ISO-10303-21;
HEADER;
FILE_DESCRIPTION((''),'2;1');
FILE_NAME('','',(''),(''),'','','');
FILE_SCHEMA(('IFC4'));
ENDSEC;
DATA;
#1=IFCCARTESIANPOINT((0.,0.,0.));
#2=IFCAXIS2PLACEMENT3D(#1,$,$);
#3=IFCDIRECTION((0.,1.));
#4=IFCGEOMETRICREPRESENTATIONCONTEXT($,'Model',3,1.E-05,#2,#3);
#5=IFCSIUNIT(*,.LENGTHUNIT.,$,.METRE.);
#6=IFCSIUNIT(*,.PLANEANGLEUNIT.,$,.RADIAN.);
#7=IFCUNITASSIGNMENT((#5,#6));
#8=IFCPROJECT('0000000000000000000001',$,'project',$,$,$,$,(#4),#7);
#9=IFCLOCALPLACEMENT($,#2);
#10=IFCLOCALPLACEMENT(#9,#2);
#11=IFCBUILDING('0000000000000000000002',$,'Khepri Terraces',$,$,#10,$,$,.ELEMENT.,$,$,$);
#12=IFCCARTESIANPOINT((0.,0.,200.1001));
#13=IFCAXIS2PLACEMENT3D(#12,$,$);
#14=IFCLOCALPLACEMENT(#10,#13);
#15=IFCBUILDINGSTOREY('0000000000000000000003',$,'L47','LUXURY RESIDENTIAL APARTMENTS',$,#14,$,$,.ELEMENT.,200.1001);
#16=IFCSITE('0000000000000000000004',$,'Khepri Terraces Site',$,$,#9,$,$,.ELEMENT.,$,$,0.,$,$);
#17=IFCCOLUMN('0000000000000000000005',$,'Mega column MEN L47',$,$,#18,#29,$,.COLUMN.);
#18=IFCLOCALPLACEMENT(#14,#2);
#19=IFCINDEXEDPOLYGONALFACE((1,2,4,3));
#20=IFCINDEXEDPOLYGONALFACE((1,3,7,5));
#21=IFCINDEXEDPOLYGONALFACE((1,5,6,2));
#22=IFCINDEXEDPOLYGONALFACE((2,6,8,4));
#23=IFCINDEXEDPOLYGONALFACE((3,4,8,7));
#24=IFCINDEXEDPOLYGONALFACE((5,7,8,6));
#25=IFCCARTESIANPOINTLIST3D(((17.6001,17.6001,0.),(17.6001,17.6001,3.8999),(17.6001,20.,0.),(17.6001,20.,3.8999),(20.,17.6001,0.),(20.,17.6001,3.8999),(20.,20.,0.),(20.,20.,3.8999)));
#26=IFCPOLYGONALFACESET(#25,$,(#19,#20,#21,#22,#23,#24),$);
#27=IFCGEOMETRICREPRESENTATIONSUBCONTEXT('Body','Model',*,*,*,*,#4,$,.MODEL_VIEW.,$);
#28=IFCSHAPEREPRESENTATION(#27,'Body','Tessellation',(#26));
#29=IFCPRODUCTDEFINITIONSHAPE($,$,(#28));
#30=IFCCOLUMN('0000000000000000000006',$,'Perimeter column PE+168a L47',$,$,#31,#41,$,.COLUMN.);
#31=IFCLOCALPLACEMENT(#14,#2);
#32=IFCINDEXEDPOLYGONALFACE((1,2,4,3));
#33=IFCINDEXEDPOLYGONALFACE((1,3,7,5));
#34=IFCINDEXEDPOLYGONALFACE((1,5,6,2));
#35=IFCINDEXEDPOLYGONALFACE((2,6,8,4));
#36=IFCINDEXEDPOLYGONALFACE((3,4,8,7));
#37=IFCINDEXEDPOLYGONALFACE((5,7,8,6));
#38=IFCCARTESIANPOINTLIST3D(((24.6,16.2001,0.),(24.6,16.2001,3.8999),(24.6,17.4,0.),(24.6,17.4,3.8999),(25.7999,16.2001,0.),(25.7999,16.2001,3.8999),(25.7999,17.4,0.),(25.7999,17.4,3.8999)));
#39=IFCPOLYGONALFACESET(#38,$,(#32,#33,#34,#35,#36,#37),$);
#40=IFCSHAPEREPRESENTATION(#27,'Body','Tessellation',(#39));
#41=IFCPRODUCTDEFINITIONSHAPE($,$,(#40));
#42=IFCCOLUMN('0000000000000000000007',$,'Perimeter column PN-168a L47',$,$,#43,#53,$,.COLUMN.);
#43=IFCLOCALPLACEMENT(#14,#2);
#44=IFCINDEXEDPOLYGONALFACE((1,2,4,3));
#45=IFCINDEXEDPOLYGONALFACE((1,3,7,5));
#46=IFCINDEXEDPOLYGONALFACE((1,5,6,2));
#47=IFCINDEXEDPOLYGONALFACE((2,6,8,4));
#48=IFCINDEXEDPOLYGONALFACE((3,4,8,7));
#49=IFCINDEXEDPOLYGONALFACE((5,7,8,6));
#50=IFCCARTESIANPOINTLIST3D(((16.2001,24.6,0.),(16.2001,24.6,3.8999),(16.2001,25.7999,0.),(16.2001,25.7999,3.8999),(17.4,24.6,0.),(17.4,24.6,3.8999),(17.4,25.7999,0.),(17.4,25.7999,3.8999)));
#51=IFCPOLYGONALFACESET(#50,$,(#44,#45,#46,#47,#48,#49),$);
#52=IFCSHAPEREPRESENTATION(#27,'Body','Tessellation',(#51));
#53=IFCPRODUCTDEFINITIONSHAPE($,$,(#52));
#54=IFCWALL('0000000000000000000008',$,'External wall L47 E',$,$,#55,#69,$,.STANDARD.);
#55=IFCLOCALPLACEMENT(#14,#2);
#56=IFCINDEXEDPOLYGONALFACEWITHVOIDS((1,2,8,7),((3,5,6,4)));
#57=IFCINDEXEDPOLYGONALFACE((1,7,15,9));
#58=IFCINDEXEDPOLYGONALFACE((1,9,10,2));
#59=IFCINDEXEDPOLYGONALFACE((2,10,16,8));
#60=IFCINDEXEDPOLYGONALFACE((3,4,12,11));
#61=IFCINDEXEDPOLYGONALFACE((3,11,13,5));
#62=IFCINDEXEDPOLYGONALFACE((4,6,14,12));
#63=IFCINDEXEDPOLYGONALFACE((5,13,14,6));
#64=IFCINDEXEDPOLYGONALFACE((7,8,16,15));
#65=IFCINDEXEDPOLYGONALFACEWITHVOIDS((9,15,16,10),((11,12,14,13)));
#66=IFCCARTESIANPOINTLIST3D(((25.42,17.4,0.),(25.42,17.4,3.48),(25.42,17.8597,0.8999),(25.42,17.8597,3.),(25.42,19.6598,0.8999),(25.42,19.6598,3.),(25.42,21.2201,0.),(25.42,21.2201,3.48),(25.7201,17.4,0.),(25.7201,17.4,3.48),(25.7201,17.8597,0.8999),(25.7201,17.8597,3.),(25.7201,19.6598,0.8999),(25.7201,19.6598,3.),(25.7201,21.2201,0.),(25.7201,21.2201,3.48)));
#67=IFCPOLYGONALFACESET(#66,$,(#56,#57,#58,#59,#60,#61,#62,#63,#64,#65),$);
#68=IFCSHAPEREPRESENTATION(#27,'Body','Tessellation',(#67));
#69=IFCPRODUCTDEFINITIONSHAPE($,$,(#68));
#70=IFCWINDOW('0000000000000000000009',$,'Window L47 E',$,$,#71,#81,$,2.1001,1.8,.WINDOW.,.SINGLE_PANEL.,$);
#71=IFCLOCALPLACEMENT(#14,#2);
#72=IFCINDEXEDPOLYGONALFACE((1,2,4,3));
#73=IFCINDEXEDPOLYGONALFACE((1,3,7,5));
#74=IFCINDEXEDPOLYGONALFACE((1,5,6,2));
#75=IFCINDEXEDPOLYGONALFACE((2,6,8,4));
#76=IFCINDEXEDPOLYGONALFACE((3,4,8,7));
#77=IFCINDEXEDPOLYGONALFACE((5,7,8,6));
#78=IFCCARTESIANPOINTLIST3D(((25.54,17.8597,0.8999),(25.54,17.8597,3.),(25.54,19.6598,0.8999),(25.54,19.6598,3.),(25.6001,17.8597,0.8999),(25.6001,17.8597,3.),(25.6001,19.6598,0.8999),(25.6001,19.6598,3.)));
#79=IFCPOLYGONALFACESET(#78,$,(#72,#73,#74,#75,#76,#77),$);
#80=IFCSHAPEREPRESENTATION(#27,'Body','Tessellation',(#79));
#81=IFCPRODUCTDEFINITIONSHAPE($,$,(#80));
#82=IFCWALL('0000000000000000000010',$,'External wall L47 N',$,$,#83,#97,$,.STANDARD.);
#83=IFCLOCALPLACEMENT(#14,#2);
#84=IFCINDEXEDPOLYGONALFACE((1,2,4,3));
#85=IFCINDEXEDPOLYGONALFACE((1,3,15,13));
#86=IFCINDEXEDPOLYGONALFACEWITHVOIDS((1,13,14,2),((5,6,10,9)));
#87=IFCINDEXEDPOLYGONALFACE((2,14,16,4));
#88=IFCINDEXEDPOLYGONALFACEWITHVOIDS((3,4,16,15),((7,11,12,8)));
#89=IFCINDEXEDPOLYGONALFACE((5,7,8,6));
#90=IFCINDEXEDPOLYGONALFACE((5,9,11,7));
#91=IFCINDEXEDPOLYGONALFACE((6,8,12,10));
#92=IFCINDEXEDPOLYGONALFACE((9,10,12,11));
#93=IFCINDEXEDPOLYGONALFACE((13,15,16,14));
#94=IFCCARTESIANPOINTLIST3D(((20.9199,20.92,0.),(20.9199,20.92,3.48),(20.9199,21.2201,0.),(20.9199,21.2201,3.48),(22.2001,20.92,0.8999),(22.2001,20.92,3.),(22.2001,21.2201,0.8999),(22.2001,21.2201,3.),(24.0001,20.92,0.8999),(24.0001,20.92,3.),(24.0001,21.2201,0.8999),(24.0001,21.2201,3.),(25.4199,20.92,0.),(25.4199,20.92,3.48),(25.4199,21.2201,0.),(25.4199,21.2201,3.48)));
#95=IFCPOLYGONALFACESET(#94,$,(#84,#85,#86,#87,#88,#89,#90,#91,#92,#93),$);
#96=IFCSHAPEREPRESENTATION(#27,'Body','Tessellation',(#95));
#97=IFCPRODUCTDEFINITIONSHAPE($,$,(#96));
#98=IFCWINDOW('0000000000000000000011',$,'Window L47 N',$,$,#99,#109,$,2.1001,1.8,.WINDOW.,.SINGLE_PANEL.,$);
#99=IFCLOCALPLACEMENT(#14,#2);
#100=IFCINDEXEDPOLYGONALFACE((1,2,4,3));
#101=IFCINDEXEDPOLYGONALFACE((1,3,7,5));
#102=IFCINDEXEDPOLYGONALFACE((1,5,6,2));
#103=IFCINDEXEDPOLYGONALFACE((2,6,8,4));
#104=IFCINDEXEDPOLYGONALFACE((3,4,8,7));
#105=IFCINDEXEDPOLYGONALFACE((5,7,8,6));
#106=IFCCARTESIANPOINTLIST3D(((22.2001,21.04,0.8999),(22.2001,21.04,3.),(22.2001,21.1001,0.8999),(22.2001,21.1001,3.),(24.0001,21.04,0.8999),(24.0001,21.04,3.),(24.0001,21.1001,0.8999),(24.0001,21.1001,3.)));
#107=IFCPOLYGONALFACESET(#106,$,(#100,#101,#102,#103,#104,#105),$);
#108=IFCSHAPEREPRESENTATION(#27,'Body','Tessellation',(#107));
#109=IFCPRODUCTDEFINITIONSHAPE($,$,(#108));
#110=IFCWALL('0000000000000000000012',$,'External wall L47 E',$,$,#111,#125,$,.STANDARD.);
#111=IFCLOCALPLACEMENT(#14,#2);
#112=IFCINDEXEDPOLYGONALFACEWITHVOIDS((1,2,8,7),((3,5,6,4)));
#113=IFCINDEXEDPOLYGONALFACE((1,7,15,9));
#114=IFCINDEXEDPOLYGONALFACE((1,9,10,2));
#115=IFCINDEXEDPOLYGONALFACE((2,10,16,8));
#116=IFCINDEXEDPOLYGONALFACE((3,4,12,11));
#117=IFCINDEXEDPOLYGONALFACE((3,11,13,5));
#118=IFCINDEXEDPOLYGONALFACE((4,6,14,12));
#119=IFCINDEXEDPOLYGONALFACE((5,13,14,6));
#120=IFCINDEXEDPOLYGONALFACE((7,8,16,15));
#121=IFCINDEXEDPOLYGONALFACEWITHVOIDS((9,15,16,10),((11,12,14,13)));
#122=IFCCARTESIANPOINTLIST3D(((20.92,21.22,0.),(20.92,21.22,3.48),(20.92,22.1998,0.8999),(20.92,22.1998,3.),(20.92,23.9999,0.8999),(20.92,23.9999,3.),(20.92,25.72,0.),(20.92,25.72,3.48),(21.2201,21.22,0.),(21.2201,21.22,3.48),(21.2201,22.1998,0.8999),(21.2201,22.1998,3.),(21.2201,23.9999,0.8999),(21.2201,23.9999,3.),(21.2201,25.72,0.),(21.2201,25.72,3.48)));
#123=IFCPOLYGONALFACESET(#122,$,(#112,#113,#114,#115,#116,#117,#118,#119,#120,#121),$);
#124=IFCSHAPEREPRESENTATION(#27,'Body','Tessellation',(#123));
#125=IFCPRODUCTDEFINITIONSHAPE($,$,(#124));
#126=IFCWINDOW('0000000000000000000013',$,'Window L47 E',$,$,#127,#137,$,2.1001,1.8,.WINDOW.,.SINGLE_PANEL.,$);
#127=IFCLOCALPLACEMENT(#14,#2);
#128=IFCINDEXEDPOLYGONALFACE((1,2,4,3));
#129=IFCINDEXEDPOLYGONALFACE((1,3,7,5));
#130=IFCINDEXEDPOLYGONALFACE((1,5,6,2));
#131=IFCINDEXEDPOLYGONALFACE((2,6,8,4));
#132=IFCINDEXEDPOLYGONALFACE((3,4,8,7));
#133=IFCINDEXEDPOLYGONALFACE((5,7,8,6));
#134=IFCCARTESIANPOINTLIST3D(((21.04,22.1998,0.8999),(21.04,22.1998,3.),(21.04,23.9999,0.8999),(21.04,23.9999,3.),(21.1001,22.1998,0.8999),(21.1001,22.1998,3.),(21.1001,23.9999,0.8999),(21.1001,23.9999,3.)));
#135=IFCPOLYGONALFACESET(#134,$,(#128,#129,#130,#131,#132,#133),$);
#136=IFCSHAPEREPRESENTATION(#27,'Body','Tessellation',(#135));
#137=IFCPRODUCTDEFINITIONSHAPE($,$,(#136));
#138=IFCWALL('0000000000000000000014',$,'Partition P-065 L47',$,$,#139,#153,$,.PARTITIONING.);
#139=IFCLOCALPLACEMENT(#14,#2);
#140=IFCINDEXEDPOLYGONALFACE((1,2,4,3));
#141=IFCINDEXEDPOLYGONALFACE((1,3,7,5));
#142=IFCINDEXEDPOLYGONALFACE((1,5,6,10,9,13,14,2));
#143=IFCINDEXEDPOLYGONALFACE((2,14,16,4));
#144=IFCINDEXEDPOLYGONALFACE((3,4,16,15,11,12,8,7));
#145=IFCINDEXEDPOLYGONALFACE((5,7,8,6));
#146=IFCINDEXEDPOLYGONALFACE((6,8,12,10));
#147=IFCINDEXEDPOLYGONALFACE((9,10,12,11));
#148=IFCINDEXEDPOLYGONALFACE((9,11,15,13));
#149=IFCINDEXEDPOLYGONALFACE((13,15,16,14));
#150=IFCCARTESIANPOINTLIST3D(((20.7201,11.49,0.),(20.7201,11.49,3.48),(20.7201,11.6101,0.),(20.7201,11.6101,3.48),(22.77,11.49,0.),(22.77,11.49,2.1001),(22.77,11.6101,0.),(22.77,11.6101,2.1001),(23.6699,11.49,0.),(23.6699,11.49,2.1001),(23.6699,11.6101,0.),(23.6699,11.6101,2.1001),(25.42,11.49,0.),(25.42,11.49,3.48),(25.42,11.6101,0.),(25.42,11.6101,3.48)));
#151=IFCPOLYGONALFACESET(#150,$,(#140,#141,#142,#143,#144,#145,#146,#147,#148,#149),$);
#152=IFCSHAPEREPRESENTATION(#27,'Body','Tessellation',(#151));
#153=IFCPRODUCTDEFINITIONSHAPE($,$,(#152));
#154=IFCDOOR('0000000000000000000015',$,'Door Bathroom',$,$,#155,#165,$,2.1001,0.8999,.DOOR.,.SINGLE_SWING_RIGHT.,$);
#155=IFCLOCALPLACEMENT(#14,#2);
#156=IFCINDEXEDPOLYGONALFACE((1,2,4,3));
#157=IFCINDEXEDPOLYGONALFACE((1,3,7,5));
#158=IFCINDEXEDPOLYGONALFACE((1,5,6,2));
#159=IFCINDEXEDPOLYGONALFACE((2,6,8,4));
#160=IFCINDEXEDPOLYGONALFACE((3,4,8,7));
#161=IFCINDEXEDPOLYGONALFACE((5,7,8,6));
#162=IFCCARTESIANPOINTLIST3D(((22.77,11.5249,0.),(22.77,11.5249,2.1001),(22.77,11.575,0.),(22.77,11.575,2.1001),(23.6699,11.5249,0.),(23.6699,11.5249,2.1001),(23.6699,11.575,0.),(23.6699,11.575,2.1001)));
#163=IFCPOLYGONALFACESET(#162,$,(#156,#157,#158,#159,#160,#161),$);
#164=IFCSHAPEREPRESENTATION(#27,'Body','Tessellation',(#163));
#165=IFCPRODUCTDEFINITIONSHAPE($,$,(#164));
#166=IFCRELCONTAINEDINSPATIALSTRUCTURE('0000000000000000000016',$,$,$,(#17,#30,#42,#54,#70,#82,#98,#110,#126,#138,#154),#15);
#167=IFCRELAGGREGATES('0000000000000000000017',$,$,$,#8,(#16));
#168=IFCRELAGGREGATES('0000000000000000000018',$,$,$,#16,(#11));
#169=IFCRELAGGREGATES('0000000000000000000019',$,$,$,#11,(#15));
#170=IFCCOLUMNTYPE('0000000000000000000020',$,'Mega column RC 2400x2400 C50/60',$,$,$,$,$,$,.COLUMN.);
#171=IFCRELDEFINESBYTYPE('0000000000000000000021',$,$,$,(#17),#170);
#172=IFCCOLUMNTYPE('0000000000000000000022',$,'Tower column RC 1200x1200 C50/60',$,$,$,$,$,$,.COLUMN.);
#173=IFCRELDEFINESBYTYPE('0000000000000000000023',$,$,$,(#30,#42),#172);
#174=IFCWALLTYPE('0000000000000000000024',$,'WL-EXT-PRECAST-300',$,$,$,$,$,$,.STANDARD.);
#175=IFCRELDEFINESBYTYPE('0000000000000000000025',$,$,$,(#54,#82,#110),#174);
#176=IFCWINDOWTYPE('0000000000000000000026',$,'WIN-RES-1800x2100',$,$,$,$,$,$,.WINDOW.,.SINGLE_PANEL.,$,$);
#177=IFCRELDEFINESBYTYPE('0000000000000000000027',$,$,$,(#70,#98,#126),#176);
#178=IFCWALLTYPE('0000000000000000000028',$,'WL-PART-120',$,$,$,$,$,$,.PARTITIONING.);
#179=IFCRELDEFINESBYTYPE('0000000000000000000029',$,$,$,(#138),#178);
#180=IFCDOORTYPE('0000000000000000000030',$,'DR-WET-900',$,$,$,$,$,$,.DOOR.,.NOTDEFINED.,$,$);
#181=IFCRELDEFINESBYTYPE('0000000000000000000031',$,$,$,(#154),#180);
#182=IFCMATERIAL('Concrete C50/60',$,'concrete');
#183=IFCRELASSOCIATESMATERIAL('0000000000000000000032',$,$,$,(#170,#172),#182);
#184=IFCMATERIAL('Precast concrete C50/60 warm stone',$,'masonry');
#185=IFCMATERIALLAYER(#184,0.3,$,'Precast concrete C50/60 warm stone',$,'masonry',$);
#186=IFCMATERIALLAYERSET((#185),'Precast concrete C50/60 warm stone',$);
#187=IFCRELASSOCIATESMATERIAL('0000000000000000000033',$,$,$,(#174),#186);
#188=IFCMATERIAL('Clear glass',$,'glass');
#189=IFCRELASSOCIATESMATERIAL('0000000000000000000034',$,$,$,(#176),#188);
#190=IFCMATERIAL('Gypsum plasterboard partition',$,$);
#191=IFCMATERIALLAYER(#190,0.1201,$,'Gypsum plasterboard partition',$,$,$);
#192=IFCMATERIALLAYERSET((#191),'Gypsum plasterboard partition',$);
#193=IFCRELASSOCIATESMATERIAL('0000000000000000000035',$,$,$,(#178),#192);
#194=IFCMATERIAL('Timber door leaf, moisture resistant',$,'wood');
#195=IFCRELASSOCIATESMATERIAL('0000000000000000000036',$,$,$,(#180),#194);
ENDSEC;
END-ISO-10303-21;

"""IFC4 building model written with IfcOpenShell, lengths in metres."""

from ifc_helpers import new_model, si_unit, direction, frame, frame_2d, origin, origin_2d, place, context, subcontext, project, spatial, rectangle, extrude, material, layer, layer_set, material_profile, profile_set, type_object, element, fill, save


model = new_model("IFC4")

# Units and contexts
model_context = context("Model", 3, precision=1e-05, world=origin(), true_north=direction((0.0, 1.0)))
body_context = subcontext(model_context, "Body", "Model", "MODEL_VIEW")
ifc_project = project(units=[si_unit("LENGTHUNIT", "METRE"), si_unit("PLANEANGLEUNIT", "RADIAN")], contexts=[model_context])

# Site, building, storey
site_placement = place(None, origin())
site = spatial("IfcSite", under=ifc_project, at=site_placement, Name="Khepri Terraces Site", CompositionType="ELEMENT", RefElevation=0.0)
building_placement = place(site_placement, origin())
building = spatial("IfcBuilding", under=site, at=building_placement, Name="Khepri Terraces", CompositionType="ELEMENT")
storey_placement = place(building_placement, frame((0.0, 0.0, 200.1001)))
storey = spatial("IfcBuildingStorey", under=building, at=storey_placement, Name="L47", Description="LUXURY RESIDENTIAL APARTMENTS", CompositionType="ELEMENT", Elevation=200.1001)

# Columns
ifc_material_1 = material(Name="Concrete C50/60", Category="concrete")
ifc_material_profile_1 = material_profile(ifc_material_1, rectangle(XDim=2.3999, YDim=2.3999, at=origin_2d()), Name="Concrete C50/60", Category="concrete")
ifc_profile_set_1 = profile_set([ifc_material_profile_1], Name="Concrete C50/60")
column_type_1 = type_object("IfcColumnType", Name="Mega column RC 2400x2400 C50/60", PredefinedType="COLUMN", material=ifc_profile_set_1)
column_placement = place(storey_placement, frame((18.8, 18.8, 0.0), z_axis=(0.0, 0.0, 1.0), x_axis=(1.0, 0.0, 0.0)))
element("IfcColumn", 1, at=column_placement, inside=storey, type_object=column_type_1, Name="Mega column MEN L47", PredefinedType="COLUMN", context=body_context, shape_type="SweptSolid", body=[
    extrude(rectangle(XDim=2.3999, YDim=2.3999, at=origin_2d()), origin(), (0.0, 0.0, 1.0), 3.8999),
])
ifc_material_profile_2 = material_profile(ifc_material_1, rectangle(XDim=1.2, YDim=1.2, at=origin_2d()), Name="Concrete C50/60", Category="concrete")
ifc_profile_set_2 = profile_set([ifc_material_profile_2], Name="Concrete C50/60")
column_type_2 = type_object("IfcColumnType", Name="Tower column RC 1200x1200 C50/60", PredefinedType="COLUMN", material=ifc_profile_set_2)
for number, where, z_axis, x_axis, name in (
    (2, (25.2, 16.8, 0.0), (0.0, 0.0, 1.0), (1.0, 0.0, 0.0), "Perimeter column PE+168a L47"),
    (3, (16.8, 25.2, 0.0), (0.0, 0.0, 1.0), (1.0, 0.0, 0.0), "Perimeter column PN-168a L47"),
):
    element("IfcColumn", number, at=place(storey_placement, frame(where, z_axis=z_axis, x_axis=x_axis)), inside=storey, type_object=column_type_2, Name=name, PredefinedType="COLUMN", context=body_context, shape_type="SweptSolid", body=[
        extrude(rectangle(XDim=1.2, YDim=1.2, at=origin_2d()), origin(), (0.0, 0.0, 1.0), 3.8999),
    ])

# Walls, openings, windows
ifc_material_2 = material(Name="Precast concrete C50/60 warm stone", Category="masonry")
ifc_layer_1 = layer(ifc_material_2, 0.3, Name="Precast concrete C50/60 warm stone", Category="masonry")
ifc_layer_set_1 = layer_set([ifc_layer_1], Name="Precast concrete C50/60 warm stone")
wall_type_1 = type_object("IfcWallType", Name="WL-EXT-PRECAST-300", PredefinedType="STANDARD", material=ifc_layer_set_1)
wall_1_placement = place(storey_placement, frame((25.5701, 17.3999, 0.0), z_axis=(0.0, 0.0, 1.0), x_axis=(0.0, 1.0, 0.0)))
wall_1 = element("IfcWall", 4, at=wall_1_placement, inside=storey, type_object=wall_type_1, Name="External wall L47 E", PredefinedType="STANDARD", context=body_context, shape_type="SweptSolid", body=[
    extrude(rectangle(XDim=3.8201, YDim=0.3, at=frame_2d((1.9102, 0.0))), origin(), (0.0, 0.0, 1.0), 3.48),
])
opening_1_placement = place(wall_1_placement, frame((0.46, 0.0, 0.8999)))
opening_1 = element("IfcOpeningElement", 5, at=opening_1_placement, cuts=wall_1, PredefinedType="OPENING", context=body_context, shape_type="SweptSolid", body=[
    extrude(rectangle(XDim=1.8, YDim=2.1001, at=frame_2d((0.8999, 1.05))), frame((0.0, 0.1602, 0.0), z_axis=(0.0, -1.0, 0.0), x_axis=(1.0, 0.0, 0.0)), (0.0, 0.0, 1.0), 0.3201),
])
ifc_material_3 = material(Name="Clear glass", Category="glass")
window_type = type_object("IfcWindowType", Name="WIN-RES-1800x2100", PartitioningType="SINGLE_PANEL", PredefinedType="WINDOW", material=ifc_material_3)
window_1_placement = place(opening_1_placement, origin())
window_1 = element("IfcWindow", 6, at=window_1_placement, inside=storey, type_object=window_type, Name="Window L47 E", OverallHeight=2.1001, OverallWidth=1.8, PartitioningType="SINGLE_PANEL", PredefinedType="WINDOW", context=body_context, shape_type="SweptSolid", body=[
    extrude(rectangle(XDim=1.8, YDim=2.1001, at=frame_2d((0.8999, 1.05))), frame((0.0, 0.03, 0.0), z_axis=(0.0, -1.0, 0.0), x_axis=(1.0, 0.0, 0.0)), (0.0, 0.0, 1.0), 0.0601),
])
fill(opening_1, window_1)
wall_2_placement = place(storey_placement, frame((25.4199, 21.0701, 0.0), z_axis=(0.0, 0.0, 1.0), x_axis=(-1.0, 0.0, 0.0)))
wall_2 = element("IfcWall", 7, at=wall_2_placement, inside=storey, type_object=wall_type_1, Name="External wall L47 N", PredefinedType="STANDARD", context=body_context, shape_type="SweptSolid", body=[
    extrude(rectangle(XDim=4.5, YDim=0.3, at=frame_2d((2.25, 0.0))), origin(), (0.0, 0.0, 1.0), 3.48),
])
opening_2_placement = place(wall_2_placement, frame((1.4199, 0.0, 0.8999)))
opening_2 = element("IfcOpeningElement", 8, at=opening_2_placement, cuts=wall_2, PredefinedType="OPENING", context=body_context, shape_type="SweptSolid", body=[
    extrude(rectangle(XDim=1.8, YDim=2.1001, at=frame_2d((0.8999, 1.05))), frame((0.0, 0.1602, 0.0), z_axis=(0.0, -1.0, 0.0), x_axis=(1.0, 0.0, 0.0)), (0.0, 0.0, 1.0), 0.3201),
])
window_2_placement = place(opening_2_placement, origin())
window_2 = element("IfcWindow", 9, at=window_2_placement, inside=storey, type_object=window_type, Name="Window L47 N", OverallHeight=2.1001, OverallWidth=1.8, PartitioningType="SINGLE_PANEL", PredefinedType="WINDOW", context=body_context, shape_type="SweptSolid", body=[
    extrude(rectangle(XDim=1.8, YDim=2.1001, at=frame_2d((0.8999, 1.05))), frame((0.0, 0.03, 0.0), z_axis=(0.0, -1.0, 0.0), x_axis=(1.0, 0.0, 0.0)), (0.0, 0.0, 1.0), 0.0601),
])
fill(opening_2, window_2)
wall_3_placement = place(storey_placement, frame((21.0701, 21.22, 0.0), z_axis=(0.0, 0.0, 1.0), x_axis=(0.0, 1.0, 0.0)))
wall_3 = element("IfcWall", 10, at=wall_3_placement, inside=storey, type_object=wall_type_1, Name="External wall L47 E", PredefinedType="STANDARD", context=body_context, shape_type="SweptSolid", body=[
    extrude(rectangle(XDim=4.5, YDim=0.3, at=frame_2d((2.25, 0.0))), origin(), (0.0, 0.0, 1.0), 3.48),
])
opening_3_placement = place(wall_3_placement, frame((0.98, 0.0, 0.8999)))
opening_3 = element("IfcOpeningElement", 11, at=opening_3_placement, cuts=wall_3, PredefinedType="OPENING", context=body_context, shape_type="SweptSolid", body=[
    extrude(rectangle(XDim=1.8, YDim=2.1001, at=frame_2d((0.8999, 1.05))), frame((0.0, 0.1602, 0.0), z_axis=(0.0, -1.0, 0.0), x_axis=(1.0, 0.0, 0.0)), (0.0, 0.0, 1.0), 0.3201),
])
window_3_placement = place(opening_3_placement, origin())
window_3 = element("IfcWindow", 12, at=window_3_placement, inside=storey, type_object=window_type, Name="Window L47 E", OverallHeight=2.1001, OverallWidth=1.8, PartitioningType="SINGLE_PANEL", PredefinedType="WINDOW", context=body_context, shape_type="SweptSolid", body=[
    extrude(rectangle(XDim=1.8, YDim=2.1001, at=frame_2d((0.8999, 1.05))), frame((0.0, 0.03, 0.0), z_axis=(0.0, -1.0, 0.0), x_axis=(1.0, 0.0, 0.0)), (0.0, 0.0, 1.0), 0.0601),
])
fill(opening_3, window_3)

# Wall, opening, door
ifc_material_4 = material(Name="Gypsum plasterboard partition")
ifc_layer_2 = layer(ifc_material_4, 0.1201, Name="Gypsum plasterboard partition")
ifc_layer_set_2 = layer_set([ifc_layer_2], Name="Gypsum plasterboard partition")
wall_type_2 = type_object("IfcWallType", Name="WL-PART-120", PredefinedType="PARTITIONING", material=ifc_layer_set_2)
wall_4_placement = place(storey_placement, frame((20.72, 11.55, 0.0), z_axis=(0.0, 0.0, 1.0), x_axis=(1.0, 0.0, 0.0)))
wall_4 = element("IfcWall", 13, at=wall_4_placement, inside=storey, type_object=wall_type_2, Name="Partition P-065 L47", PredefinedType="PARTITIONING", context=body_context, shape_type="SweptSolid", body=[
    extrude(rectangle(XDim=4.7, YDim=0.1201, at=frame_2d((2.3501, 0.0))), origin(), (0.0, 0.0, 1.0), 3.48),
])
opening_4_placement = place(wall_4_placement, frame((2.05, 0.0, 0.0)))
opening_4 = element("IfcOpeningElement", 14, at=opening_4_placement, cuts=wall_4, PredefinedType="OPENING", context=body_context, shape_type="SweptSolid", body=[
    extrude(rectangle(XDim=0.8999, YDim=2.1001, at=frame_2d((0.45, 1.05))), frame((0.0, 0.0701, 0.0), z_axis=(0.0, -1.0, 0.0), x_axis=(1.0, 0.0, 0.0)), (0.0, 0.0, 1.0), 0.1401),
])
ifc_material_5 = material(Name="Timber door leaf, moisture resistant", Category="wood")
door_type_1 = type_object("IfcDoorType", Name="DR-WET-900", OperationType="NOTDEFINED", PredefinedType="DOOR", material=ifc_material_5)
door_1_placement = place(opening_4_placement, origin())
door_1 = element("IfcDoor", 15, at=door_1_placement, inside=storey, type_object=door_type_1, Name="Door Bathroom", OperationType="SINGLE_SWING_RIGHT", OverallHeight=2.1001, OverallWidth=0.8999, PredefinedType="DOOR", context=body_context, shape_type="SweptSolid", body=[
    extrude(rectangle(XDim=0.8999, YDim=2.1001, at=frame_2d((0.45, 1.05))), frame((0.0, 0.0249, 0.0), z_axis=(0.0, -1.0, 0.0), x_axis=(1.0, 0.0, 0.0)), (0.0, 0.0, 1.0), 0.05),
])
fill(opening_4, door_1)

save(model, "model.ifc")
